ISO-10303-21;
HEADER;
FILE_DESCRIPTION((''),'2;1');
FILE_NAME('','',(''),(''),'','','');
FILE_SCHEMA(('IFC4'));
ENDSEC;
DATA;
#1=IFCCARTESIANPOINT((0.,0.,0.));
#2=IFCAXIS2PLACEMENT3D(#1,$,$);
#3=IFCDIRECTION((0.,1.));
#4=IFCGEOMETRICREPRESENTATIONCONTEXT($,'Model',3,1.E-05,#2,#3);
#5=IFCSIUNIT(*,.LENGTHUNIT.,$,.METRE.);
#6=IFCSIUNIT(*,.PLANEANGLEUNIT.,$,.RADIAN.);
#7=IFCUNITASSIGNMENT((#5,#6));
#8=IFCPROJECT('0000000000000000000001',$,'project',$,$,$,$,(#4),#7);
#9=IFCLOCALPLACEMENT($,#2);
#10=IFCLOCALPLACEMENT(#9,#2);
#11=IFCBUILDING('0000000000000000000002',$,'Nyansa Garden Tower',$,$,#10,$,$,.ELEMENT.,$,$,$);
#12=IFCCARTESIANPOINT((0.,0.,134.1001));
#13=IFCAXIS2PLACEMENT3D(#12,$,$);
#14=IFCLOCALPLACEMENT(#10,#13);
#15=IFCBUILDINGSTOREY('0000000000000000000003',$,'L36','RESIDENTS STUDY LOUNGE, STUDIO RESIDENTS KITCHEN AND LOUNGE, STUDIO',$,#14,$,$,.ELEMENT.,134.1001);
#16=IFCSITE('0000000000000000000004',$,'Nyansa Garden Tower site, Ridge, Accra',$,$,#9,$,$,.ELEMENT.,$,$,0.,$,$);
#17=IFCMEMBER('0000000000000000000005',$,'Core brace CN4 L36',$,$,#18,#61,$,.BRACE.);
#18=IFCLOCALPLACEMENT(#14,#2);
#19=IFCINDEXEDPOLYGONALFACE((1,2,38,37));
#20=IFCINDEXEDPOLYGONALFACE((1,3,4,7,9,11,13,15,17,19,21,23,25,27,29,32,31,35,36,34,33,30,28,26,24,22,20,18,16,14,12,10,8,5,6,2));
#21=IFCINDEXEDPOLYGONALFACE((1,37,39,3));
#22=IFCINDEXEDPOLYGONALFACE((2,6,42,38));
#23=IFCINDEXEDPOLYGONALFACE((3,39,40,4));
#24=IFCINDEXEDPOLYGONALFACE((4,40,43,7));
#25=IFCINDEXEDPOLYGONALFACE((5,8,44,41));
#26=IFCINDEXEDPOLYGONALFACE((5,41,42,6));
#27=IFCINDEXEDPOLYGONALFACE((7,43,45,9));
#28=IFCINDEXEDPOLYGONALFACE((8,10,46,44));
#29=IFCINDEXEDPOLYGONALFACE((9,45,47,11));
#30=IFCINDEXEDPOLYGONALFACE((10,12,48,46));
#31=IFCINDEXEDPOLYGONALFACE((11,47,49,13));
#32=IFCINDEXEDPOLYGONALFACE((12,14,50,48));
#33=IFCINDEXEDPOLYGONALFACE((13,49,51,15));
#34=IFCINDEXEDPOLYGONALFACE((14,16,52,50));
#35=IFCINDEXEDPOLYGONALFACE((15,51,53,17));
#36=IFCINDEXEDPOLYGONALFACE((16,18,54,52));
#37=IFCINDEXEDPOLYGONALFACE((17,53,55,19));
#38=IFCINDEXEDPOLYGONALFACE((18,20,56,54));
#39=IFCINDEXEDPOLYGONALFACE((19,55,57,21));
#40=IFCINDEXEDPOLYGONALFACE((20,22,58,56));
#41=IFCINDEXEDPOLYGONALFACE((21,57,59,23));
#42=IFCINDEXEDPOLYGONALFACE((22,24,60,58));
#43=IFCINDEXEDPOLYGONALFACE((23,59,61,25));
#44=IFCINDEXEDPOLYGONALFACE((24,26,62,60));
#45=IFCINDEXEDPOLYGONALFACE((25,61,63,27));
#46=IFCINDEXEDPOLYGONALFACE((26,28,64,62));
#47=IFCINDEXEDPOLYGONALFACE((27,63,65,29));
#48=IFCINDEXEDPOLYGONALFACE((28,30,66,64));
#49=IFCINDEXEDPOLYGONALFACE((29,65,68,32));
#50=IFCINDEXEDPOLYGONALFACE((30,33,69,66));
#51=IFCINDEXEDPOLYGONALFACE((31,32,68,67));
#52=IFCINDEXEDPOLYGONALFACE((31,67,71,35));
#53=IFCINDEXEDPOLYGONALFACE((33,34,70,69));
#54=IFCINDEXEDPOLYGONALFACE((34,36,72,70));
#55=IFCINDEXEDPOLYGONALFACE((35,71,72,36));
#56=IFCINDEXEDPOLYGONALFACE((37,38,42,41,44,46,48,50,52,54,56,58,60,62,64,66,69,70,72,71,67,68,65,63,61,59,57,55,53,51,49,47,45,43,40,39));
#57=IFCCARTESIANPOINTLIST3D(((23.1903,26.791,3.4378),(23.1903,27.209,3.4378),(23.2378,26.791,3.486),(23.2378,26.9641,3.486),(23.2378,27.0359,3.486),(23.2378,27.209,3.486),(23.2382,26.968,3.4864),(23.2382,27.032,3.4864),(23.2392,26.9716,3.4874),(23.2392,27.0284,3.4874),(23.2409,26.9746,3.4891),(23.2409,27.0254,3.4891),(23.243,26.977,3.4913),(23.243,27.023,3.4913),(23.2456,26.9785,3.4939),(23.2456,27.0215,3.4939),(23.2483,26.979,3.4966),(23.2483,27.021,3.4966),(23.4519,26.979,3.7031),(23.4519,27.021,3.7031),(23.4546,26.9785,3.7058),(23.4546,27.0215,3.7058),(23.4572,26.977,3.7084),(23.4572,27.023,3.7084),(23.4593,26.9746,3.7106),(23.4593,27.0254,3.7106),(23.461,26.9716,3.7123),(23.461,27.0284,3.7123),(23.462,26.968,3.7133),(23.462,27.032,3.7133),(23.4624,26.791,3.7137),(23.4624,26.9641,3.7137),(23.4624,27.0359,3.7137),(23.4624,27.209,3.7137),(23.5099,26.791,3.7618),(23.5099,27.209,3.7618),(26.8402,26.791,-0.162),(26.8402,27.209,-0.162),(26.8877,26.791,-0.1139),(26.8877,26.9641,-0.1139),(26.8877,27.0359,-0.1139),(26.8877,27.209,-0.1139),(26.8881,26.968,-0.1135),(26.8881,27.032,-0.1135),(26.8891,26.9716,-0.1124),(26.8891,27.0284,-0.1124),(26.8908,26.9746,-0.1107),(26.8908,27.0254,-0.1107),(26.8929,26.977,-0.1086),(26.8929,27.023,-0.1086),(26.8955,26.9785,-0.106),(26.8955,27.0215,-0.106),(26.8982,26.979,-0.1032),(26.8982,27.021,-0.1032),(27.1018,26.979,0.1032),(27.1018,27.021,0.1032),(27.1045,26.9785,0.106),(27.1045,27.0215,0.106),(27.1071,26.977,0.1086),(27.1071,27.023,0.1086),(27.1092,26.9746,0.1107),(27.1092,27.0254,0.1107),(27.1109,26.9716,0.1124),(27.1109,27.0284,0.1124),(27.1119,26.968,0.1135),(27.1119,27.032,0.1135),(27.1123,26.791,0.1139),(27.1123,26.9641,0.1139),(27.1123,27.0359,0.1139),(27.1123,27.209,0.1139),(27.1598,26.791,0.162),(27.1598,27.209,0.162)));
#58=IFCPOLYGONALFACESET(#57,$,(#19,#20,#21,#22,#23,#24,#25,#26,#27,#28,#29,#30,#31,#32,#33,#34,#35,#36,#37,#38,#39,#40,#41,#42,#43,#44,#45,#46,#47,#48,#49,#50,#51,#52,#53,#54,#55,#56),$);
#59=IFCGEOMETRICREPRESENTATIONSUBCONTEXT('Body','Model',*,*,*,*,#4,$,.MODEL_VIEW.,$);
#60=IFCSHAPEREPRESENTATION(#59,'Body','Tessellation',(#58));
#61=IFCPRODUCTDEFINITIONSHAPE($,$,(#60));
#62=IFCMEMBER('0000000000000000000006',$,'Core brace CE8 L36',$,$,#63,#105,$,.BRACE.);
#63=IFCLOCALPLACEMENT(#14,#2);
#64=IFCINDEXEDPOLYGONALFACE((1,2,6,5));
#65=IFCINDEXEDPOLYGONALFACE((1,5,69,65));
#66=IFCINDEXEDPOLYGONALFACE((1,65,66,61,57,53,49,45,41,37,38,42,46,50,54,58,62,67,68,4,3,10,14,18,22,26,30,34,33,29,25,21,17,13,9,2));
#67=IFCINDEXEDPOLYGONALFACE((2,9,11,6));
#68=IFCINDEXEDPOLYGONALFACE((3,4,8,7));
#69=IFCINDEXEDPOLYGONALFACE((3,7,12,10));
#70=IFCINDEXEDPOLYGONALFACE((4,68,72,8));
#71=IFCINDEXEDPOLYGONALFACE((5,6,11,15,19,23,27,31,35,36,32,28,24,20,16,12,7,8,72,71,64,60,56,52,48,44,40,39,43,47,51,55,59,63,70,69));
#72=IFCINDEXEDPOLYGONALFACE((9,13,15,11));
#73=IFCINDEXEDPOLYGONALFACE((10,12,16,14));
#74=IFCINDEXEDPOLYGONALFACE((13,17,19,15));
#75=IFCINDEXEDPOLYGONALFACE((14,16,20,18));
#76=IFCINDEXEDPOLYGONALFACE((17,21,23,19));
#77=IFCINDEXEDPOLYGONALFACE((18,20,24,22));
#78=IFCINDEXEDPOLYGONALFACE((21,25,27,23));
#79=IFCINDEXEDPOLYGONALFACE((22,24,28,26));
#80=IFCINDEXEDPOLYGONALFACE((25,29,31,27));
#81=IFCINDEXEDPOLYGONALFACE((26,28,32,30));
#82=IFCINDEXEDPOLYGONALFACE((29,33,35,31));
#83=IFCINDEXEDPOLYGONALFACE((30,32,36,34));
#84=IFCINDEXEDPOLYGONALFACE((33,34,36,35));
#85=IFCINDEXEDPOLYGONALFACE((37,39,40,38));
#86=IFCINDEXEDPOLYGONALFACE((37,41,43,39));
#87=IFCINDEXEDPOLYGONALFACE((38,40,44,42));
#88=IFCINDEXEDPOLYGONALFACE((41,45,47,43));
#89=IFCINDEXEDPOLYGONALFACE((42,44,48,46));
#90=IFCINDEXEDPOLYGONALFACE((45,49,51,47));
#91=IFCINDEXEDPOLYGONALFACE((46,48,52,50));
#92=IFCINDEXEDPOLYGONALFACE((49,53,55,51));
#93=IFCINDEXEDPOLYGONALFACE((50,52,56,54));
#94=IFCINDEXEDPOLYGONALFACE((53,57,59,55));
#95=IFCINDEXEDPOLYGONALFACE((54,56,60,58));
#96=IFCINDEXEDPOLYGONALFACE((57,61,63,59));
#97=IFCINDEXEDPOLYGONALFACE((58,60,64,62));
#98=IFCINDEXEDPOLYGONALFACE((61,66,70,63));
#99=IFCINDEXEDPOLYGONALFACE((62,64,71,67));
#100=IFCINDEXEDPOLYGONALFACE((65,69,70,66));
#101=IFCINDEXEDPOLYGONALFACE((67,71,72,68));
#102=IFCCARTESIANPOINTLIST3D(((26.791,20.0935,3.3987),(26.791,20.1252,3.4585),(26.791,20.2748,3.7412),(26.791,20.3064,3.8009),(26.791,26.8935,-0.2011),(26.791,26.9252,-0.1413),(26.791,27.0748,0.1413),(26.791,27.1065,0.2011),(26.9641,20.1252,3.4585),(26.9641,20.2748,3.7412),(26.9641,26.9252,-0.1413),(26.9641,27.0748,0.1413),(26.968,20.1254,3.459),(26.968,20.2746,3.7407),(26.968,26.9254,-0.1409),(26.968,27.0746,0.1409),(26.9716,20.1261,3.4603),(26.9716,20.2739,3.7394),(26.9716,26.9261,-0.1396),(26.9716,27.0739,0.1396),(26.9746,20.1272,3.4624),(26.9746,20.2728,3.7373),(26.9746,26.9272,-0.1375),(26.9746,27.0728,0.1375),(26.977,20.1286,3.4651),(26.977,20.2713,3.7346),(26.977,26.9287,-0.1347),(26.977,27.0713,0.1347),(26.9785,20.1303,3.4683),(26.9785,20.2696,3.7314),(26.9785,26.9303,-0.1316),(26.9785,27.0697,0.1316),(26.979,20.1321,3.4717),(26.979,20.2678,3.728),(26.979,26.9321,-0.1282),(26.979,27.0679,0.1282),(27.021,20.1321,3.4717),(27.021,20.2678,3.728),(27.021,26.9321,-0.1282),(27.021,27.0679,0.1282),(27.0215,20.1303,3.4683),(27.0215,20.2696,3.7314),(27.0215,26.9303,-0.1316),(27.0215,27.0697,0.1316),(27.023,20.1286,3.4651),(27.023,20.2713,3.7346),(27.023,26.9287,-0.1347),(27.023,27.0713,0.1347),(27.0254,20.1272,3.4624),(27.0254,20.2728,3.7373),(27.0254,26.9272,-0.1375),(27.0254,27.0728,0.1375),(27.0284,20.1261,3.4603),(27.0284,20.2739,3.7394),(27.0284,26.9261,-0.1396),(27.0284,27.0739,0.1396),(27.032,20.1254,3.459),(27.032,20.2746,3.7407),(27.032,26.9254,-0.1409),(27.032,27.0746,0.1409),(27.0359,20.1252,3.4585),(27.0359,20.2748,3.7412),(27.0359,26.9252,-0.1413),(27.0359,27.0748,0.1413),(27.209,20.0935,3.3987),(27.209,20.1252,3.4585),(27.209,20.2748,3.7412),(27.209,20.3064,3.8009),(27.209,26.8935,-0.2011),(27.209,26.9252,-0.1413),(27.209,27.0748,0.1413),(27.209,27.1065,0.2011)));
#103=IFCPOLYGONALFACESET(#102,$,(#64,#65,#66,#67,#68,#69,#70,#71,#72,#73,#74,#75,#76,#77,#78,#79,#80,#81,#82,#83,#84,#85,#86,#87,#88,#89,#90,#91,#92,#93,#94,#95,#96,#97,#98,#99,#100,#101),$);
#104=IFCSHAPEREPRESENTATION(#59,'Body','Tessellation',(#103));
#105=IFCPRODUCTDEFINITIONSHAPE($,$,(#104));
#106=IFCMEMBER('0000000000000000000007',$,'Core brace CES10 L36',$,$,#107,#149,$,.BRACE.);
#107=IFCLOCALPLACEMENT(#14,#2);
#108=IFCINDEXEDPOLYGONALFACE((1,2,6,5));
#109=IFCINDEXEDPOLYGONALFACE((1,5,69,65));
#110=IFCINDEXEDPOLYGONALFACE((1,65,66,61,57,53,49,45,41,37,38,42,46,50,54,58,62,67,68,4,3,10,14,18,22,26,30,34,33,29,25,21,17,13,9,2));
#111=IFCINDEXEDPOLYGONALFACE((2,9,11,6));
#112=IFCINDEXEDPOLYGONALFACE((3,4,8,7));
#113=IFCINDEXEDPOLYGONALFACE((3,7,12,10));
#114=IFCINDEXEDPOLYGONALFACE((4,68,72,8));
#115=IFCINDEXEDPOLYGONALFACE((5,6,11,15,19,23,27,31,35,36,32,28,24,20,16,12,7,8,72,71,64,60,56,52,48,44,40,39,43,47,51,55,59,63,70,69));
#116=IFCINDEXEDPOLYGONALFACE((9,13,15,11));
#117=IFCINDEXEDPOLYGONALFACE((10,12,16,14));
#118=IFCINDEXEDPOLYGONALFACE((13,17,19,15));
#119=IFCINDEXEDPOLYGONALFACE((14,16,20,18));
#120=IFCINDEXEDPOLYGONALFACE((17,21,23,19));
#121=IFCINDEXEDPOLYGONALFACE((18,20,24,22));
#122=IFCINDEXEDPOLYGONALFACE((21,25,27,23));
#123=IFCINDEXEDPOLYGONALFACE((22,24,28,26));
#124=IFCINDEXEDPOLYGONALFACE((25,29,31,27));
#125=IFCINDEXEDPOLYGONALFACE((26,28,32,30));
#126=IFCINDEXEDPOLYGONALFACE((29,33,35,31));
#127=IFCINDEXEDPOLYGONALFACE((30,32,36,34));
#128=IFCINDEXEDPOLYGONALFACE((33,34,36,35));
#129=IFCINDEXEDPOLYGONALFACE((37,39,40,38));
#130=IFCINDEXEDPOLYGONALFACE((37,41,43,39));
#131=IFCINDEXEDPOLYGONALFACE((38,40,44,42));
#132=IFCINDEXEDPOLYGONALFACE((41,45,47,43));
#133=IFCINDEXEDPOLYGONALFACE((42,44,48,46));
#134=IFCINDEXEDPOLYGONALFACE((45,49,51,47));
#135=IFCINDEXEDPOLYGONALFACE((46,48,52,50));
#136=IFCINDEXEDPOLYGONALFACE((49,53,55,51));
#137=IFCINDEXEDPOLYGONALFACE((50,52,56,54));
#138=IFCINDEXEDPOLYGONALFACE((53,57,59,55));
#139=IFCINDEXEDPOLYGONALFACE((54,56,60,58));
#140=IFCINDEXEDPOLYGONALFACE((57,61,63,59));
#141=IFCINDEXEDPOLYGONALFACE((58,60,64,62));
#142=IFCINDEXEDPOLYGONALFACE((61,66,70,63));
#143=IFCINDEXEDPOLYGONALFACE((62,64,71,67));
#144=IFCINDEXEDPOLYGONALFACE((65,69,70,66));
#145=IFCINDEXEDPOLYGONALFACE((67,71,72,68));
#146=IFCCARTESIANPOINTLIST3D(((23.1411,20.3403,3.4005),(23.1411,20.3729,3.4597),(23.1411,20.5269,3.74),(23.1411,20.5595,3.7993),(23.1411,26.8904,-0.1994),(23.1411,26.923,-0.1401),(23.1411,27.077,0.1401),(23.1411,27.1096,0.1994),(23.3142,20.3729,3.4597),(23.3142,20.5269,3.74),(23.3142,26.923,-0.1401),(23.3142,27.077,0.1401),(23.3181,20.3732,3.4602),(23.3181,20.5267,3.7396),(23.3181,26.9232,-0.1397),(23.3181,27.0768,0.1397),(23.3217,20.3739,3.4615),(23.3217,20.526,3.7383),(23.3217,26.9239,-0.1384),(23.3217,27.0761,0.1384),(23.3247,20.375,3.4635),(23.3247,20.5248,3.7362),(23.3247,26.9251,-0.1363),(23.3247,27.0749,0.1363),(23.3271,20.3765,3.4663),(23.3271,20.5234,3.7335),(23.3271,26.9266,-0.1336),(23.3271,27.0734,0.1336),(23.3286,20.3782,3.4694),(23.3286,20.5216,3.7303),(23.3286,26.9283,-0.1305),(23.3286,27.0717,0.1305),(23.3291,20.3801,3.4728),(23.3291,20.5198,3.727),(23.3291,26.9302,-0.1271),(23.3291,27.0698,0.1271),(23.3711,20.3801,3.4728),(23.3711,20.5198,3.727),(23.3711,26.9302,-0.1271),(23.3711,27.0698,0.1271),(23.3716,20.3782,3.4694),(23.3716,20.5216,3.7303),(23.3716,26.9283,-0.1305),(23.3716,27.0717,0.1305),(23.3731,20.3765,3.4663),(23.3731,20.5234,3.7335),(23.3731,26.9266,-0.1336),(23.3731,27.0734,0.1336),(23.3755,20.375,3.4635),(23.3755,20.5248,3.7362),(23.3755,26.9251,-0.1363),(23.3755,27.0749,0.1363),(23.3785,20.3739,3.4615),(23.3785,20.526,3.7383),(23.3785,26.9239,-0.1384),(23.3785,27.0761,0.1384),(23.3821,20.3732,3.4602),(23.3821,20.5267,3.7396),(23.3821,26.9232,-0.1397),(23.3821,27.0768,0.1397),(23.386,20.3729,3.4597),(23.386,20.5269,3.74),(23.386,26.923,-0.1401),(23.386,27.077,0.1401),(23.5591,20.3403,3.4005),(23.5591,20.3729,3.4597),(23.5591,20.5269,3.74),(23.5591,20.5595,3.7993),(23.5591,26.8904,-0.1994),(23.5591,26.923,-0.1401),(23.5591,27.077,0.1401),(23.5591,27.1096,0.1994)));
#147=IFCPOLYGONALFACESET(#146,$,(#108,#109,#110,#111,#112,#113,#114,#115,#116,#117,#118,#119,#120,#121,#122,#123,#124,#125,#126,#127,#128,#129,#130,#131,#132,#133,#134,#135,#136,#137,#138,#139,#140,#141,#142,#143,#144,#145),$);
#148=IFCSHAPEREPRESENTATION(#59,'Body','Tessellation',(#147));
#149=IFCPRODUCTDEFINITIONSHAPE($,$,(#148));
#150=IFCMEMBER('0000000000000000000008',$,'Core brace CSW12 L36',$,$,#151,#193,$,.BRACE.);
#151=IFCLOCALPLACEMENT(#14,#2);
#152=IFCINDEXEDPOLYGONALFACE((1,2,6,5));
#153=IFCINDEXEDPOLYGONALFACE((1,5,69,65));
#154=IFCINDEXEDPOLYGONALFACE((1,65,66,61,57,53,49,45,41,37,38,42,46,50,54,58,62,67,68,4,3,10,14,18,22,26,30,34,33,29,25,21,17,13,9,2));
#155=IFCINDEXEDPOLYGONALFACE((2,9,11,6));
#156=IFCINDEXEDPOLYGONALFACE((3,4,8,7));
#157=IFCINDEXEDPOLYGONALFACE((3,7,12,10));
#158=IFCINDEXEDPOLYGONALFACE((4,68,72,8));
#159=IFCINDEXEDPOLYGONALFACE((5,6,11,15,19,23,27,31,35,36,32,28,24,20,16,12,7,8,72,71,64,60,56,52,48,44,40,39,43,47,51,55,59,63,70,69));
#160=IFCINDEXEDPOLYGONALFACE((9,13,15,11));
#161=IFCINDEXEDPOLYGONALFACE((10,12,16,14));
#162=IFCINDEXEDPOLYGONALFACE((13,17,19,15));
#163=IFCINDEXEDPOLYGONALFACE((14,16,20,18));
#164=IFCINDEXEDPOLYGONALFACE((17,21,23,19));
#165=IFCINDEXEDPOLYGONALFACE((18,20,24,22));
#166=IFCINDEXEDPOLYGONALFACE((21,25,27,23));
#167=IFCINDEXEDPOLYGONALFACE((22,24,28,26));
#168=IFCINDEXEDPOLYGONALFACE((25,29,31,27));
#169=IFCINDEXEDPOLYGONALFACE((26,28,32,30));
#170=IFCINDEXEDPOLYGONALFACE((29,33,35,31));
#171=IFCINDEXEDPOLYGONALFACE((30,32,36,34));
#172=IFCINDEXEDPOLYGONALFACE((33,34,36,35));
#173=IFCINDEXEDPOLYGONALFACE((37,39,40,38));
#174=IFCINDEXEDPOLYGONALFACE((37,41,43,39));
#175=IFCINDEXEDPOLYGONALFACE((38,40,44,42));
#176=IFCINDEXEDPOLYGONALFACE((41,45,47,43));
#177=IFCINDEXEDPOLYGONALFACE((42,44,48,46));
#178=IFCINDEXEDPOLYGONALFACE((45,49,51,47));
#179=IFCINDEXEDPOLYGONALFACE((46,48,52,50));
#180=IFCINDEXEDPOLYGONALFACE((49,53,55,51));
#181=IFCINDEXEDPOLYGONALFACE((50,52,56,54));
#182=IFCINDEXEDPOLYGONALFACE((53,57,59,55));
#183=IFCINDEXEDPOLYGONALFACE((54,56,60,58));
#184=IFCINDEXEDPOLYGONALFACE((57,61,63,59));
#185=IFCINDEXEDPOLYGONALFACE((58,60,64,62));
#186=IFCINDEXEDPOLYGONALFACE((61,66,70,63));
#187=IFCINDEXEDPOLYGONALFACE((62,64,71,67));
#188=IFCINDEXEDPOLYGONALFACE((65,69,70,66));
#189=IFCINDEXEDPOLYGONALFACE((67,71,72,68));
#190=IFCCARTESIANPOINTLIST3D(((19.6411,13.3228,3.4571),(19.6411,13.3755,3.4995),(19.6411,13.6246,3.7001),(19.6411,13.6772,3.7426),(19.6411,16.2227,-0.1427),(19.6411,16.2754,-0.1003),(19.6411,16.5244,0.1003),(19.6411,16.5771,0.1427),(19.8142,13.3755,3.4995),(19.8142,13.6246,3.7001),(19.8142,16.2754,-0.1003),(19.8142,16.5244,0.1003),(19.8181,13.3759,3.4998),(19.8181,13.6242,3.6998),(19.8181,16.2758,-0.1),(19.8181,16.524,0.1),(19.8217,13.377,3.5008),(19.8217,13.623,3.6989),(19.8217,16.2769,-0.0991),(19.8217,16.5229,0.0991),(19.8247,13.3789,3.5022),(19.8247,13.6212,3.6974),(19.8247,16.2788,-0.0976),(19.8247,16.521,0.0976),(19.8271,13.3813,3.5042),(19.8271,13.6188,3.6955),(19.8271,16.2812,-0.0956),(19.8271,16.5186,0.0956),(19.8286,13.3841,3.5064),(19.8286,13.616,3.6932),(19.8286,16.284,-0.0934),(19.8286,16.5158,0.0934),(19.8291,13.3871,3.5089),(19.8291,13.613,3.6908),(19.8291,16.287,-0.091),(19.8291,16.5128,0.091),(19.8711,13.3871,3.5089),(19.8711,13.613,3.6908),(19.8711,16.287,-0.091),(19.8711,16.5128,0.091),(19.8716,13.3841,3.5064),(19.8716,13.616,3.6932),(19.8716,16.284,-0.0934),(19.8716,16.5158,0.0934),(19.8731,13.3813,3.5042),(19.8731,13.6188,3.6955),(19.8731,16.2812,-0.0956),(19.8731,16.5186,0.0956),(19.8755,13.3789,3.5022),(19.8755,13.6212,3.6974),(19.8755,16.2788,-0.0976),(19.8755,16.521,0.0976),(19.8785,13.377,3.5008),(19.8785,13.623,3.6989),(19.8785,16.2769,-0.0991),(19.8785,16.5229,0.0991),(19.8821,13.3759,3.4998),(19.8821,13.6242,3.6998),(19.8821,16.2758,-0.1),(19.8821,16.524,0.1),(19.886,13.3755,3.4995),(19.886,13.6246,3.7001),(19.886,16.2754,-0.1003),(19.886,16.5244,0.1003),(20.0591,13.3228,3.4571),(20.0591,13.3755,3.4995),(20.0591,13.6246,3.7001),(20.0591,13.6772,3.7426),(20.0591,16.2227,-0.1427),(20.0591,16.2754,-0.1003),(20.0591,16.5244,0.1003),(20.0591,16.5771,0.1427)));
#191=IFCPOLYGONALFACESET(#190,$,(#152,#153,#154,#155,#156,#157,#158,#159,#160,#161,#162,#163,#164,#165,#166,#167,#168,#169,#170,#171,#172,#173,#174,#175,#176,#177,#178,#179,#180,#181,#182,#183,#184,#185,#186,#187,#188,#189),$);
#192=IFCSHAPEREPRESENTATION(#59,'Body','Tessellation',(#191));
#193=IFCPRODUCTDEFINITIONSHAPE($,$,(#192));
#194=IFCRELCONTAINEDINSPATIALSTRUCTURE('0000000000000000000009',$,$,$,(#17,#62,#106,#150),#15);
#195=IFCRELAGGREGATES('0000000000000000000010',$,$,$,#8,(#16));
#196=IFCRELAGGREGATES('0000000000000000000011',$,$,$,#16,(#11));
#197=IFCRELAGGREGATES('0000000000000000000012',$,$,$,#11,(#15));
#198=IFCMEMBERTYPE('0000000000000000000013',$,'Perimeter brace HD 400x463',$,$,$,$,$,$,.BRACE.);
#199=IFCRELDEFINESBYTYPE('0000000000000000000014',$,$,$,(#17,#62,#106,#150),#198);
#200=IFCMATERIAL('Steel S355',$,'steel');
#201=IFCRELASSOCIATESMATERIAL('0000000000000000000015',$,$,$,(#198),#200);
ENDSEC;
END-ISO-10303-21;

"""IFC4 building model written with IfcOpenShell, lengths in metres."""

from ifc_helpers import new_model, si_unit, direction, frame, origin, origin_2d, place, context, subcontext, project, spatial, i_section, extrude, material, material_profile, profile_set, type_object, element, save


model = new_model("IFC4")

# Units and contexts
model_context = context("Model", 3, precision=1e-05, world=origin(), true_north=direction((0.0, 1.0)))
body_context = subcontext(model_context, "Body", "Model", "MODEL_VIEW")
ifc_project = project(units=[si_unit("LENGTHUNIT", "METRE"), si_unit("PLANEANGLEUNIT", "RADIAN")], contexts=[model_context])

# Site, building, storey
site_placement = place(None, origin())
site = spatial("IfcSite", under=ifc_project, at=site_placement, Name="Nyansa Garden Tower site, Ridge, Accra", CompositionType="ELEMENT", RefElevation=0.0)
building_placement = place(site_placement, origin())
building = spatial("IfcBuilding", under=site, at=building_placement, Name="Nyansa Garden Tower", CompositionType="ELEMENT")
storey_placement = place(building_placement, frame((0.0, 0.0, 134.1001)))
storey = spatial("IfcBuildingStorey", under=building, at=storey_placement, Name="L36", Description="RESIDENTS STUDY LOUNGE, STUDIO RESIDENTS KITCHEN AND LOUNGE, STUDIO", CompositionType="ELEMENT", Elevation=134.1001)

# Members
ifc_material_1 = material(Name="Steel S355", Category="steel")
ifc_material_profile_1 = material_profile(ifc_material_1, i_section(OverallWidth=0.418, OverallDepth=0.4551, WebThickness=0.042, FlangeThickness=0.0676, FilletRadius=0.0149, at=origin_2d()), Name="HD 400x463")
ifc_profile_set_1 = profile_set([ifc_material_profile_1], Name="Steel S355")
member_type = type_object("IfcMemberType", Name="Perimeter brace HD 400x463", PredefinedType="BRACE", material=ifc_profile_set_1)
member_1_placement = place(storey_placement, frame((27.0, 27.0, 0.0), z_axis=(-0.711971, 0.0, 0.702209), x_axis=(0.0, -1.0, 0.0)))
element("IfcMember", 1, at=member_1_placement, inside=storey, type_object=member_type, Name="Core brace CN4 L36", PredefinedType="BRACE", context=body_context, shape_type="SweptSolid", body=[
    extrude(i_section(OverallWidth=0.418, OverallDepth=0.4551, WebThickness=0.042, FlangeThickness=0.0676, FilletRadius=0.0149, at=origin_2d()), origin(), (0.0, 0.0, 1.0), 5.1265),
])
member_2_placement = place(storey_placement, frame((27.0, 27.0, 0.0), z_axis=(0.0, -0.883797, 0.46787), x_axis=(1.0, 0.0, 0.0)))
element("IfcMember", 2, at=member_2_placement, inside=storey, type_object=member_type, Name="Core brace CE8 L36", PredefinedType="BRACE", context=body_context, shape_type="SweptSolid", body=[
    extrude(i_section(OverallWidth=0.418, OverallDepth=0.4551, WebThickness=0.042, FlangeThickness=0.0676, FilletRadius=0.0149, at=origin_2d()), origin(), (0.0, 0.0, 1.0), 7.6941),
])
member_3_placement = place(storey_placement, frame((23.3501, 27.0, 0.0), z_axis=(0.0, -0.876367, 0.481644), x_axis=(1.0, 0.0, 0.0)))
element("IfcMember", 3, at=member_3_placement, inside=storey, type_object=member_type, Name="Core brace CES10 L36", PredefinedType="BRACE", context=body_context, shape_type="SweptSolid", body=[
    extrude(i_section(OverallWidth=0.418, OverallDepth=0.4551, WebThickness=0.042, FlangeThickness=0.0676, FilletRadius=0.0149, at=origin_2d()), origin(), (0.0, 0.0, 1.0), 7.4741),
])
member_4_placement = place(storey_placement, frame((19.8501, 16.3999, 0.0), z_axis=(0.0, -0.627332, 0.778752), x_axis=(1.0, 0.0, 0.0)))
element("IfcMember", 4, at=member_4_placement, inside=storey, type_object=member_type, Name="Core brace CSW12 L36", PredefinedType="BRACE", context=body_context, shape_type="SweptSolid", body=[
    extrude(i_section(OverallWidth=0.418, OverallDepth=0.4551, WebThickness=0.042, FlangeThickness=0.0676, FilletRadius=0.0149, at=origin_2d()), origin(), (0.0, 0.0, 1.0), 4.6226),
])

save(model, "model.ifc")
